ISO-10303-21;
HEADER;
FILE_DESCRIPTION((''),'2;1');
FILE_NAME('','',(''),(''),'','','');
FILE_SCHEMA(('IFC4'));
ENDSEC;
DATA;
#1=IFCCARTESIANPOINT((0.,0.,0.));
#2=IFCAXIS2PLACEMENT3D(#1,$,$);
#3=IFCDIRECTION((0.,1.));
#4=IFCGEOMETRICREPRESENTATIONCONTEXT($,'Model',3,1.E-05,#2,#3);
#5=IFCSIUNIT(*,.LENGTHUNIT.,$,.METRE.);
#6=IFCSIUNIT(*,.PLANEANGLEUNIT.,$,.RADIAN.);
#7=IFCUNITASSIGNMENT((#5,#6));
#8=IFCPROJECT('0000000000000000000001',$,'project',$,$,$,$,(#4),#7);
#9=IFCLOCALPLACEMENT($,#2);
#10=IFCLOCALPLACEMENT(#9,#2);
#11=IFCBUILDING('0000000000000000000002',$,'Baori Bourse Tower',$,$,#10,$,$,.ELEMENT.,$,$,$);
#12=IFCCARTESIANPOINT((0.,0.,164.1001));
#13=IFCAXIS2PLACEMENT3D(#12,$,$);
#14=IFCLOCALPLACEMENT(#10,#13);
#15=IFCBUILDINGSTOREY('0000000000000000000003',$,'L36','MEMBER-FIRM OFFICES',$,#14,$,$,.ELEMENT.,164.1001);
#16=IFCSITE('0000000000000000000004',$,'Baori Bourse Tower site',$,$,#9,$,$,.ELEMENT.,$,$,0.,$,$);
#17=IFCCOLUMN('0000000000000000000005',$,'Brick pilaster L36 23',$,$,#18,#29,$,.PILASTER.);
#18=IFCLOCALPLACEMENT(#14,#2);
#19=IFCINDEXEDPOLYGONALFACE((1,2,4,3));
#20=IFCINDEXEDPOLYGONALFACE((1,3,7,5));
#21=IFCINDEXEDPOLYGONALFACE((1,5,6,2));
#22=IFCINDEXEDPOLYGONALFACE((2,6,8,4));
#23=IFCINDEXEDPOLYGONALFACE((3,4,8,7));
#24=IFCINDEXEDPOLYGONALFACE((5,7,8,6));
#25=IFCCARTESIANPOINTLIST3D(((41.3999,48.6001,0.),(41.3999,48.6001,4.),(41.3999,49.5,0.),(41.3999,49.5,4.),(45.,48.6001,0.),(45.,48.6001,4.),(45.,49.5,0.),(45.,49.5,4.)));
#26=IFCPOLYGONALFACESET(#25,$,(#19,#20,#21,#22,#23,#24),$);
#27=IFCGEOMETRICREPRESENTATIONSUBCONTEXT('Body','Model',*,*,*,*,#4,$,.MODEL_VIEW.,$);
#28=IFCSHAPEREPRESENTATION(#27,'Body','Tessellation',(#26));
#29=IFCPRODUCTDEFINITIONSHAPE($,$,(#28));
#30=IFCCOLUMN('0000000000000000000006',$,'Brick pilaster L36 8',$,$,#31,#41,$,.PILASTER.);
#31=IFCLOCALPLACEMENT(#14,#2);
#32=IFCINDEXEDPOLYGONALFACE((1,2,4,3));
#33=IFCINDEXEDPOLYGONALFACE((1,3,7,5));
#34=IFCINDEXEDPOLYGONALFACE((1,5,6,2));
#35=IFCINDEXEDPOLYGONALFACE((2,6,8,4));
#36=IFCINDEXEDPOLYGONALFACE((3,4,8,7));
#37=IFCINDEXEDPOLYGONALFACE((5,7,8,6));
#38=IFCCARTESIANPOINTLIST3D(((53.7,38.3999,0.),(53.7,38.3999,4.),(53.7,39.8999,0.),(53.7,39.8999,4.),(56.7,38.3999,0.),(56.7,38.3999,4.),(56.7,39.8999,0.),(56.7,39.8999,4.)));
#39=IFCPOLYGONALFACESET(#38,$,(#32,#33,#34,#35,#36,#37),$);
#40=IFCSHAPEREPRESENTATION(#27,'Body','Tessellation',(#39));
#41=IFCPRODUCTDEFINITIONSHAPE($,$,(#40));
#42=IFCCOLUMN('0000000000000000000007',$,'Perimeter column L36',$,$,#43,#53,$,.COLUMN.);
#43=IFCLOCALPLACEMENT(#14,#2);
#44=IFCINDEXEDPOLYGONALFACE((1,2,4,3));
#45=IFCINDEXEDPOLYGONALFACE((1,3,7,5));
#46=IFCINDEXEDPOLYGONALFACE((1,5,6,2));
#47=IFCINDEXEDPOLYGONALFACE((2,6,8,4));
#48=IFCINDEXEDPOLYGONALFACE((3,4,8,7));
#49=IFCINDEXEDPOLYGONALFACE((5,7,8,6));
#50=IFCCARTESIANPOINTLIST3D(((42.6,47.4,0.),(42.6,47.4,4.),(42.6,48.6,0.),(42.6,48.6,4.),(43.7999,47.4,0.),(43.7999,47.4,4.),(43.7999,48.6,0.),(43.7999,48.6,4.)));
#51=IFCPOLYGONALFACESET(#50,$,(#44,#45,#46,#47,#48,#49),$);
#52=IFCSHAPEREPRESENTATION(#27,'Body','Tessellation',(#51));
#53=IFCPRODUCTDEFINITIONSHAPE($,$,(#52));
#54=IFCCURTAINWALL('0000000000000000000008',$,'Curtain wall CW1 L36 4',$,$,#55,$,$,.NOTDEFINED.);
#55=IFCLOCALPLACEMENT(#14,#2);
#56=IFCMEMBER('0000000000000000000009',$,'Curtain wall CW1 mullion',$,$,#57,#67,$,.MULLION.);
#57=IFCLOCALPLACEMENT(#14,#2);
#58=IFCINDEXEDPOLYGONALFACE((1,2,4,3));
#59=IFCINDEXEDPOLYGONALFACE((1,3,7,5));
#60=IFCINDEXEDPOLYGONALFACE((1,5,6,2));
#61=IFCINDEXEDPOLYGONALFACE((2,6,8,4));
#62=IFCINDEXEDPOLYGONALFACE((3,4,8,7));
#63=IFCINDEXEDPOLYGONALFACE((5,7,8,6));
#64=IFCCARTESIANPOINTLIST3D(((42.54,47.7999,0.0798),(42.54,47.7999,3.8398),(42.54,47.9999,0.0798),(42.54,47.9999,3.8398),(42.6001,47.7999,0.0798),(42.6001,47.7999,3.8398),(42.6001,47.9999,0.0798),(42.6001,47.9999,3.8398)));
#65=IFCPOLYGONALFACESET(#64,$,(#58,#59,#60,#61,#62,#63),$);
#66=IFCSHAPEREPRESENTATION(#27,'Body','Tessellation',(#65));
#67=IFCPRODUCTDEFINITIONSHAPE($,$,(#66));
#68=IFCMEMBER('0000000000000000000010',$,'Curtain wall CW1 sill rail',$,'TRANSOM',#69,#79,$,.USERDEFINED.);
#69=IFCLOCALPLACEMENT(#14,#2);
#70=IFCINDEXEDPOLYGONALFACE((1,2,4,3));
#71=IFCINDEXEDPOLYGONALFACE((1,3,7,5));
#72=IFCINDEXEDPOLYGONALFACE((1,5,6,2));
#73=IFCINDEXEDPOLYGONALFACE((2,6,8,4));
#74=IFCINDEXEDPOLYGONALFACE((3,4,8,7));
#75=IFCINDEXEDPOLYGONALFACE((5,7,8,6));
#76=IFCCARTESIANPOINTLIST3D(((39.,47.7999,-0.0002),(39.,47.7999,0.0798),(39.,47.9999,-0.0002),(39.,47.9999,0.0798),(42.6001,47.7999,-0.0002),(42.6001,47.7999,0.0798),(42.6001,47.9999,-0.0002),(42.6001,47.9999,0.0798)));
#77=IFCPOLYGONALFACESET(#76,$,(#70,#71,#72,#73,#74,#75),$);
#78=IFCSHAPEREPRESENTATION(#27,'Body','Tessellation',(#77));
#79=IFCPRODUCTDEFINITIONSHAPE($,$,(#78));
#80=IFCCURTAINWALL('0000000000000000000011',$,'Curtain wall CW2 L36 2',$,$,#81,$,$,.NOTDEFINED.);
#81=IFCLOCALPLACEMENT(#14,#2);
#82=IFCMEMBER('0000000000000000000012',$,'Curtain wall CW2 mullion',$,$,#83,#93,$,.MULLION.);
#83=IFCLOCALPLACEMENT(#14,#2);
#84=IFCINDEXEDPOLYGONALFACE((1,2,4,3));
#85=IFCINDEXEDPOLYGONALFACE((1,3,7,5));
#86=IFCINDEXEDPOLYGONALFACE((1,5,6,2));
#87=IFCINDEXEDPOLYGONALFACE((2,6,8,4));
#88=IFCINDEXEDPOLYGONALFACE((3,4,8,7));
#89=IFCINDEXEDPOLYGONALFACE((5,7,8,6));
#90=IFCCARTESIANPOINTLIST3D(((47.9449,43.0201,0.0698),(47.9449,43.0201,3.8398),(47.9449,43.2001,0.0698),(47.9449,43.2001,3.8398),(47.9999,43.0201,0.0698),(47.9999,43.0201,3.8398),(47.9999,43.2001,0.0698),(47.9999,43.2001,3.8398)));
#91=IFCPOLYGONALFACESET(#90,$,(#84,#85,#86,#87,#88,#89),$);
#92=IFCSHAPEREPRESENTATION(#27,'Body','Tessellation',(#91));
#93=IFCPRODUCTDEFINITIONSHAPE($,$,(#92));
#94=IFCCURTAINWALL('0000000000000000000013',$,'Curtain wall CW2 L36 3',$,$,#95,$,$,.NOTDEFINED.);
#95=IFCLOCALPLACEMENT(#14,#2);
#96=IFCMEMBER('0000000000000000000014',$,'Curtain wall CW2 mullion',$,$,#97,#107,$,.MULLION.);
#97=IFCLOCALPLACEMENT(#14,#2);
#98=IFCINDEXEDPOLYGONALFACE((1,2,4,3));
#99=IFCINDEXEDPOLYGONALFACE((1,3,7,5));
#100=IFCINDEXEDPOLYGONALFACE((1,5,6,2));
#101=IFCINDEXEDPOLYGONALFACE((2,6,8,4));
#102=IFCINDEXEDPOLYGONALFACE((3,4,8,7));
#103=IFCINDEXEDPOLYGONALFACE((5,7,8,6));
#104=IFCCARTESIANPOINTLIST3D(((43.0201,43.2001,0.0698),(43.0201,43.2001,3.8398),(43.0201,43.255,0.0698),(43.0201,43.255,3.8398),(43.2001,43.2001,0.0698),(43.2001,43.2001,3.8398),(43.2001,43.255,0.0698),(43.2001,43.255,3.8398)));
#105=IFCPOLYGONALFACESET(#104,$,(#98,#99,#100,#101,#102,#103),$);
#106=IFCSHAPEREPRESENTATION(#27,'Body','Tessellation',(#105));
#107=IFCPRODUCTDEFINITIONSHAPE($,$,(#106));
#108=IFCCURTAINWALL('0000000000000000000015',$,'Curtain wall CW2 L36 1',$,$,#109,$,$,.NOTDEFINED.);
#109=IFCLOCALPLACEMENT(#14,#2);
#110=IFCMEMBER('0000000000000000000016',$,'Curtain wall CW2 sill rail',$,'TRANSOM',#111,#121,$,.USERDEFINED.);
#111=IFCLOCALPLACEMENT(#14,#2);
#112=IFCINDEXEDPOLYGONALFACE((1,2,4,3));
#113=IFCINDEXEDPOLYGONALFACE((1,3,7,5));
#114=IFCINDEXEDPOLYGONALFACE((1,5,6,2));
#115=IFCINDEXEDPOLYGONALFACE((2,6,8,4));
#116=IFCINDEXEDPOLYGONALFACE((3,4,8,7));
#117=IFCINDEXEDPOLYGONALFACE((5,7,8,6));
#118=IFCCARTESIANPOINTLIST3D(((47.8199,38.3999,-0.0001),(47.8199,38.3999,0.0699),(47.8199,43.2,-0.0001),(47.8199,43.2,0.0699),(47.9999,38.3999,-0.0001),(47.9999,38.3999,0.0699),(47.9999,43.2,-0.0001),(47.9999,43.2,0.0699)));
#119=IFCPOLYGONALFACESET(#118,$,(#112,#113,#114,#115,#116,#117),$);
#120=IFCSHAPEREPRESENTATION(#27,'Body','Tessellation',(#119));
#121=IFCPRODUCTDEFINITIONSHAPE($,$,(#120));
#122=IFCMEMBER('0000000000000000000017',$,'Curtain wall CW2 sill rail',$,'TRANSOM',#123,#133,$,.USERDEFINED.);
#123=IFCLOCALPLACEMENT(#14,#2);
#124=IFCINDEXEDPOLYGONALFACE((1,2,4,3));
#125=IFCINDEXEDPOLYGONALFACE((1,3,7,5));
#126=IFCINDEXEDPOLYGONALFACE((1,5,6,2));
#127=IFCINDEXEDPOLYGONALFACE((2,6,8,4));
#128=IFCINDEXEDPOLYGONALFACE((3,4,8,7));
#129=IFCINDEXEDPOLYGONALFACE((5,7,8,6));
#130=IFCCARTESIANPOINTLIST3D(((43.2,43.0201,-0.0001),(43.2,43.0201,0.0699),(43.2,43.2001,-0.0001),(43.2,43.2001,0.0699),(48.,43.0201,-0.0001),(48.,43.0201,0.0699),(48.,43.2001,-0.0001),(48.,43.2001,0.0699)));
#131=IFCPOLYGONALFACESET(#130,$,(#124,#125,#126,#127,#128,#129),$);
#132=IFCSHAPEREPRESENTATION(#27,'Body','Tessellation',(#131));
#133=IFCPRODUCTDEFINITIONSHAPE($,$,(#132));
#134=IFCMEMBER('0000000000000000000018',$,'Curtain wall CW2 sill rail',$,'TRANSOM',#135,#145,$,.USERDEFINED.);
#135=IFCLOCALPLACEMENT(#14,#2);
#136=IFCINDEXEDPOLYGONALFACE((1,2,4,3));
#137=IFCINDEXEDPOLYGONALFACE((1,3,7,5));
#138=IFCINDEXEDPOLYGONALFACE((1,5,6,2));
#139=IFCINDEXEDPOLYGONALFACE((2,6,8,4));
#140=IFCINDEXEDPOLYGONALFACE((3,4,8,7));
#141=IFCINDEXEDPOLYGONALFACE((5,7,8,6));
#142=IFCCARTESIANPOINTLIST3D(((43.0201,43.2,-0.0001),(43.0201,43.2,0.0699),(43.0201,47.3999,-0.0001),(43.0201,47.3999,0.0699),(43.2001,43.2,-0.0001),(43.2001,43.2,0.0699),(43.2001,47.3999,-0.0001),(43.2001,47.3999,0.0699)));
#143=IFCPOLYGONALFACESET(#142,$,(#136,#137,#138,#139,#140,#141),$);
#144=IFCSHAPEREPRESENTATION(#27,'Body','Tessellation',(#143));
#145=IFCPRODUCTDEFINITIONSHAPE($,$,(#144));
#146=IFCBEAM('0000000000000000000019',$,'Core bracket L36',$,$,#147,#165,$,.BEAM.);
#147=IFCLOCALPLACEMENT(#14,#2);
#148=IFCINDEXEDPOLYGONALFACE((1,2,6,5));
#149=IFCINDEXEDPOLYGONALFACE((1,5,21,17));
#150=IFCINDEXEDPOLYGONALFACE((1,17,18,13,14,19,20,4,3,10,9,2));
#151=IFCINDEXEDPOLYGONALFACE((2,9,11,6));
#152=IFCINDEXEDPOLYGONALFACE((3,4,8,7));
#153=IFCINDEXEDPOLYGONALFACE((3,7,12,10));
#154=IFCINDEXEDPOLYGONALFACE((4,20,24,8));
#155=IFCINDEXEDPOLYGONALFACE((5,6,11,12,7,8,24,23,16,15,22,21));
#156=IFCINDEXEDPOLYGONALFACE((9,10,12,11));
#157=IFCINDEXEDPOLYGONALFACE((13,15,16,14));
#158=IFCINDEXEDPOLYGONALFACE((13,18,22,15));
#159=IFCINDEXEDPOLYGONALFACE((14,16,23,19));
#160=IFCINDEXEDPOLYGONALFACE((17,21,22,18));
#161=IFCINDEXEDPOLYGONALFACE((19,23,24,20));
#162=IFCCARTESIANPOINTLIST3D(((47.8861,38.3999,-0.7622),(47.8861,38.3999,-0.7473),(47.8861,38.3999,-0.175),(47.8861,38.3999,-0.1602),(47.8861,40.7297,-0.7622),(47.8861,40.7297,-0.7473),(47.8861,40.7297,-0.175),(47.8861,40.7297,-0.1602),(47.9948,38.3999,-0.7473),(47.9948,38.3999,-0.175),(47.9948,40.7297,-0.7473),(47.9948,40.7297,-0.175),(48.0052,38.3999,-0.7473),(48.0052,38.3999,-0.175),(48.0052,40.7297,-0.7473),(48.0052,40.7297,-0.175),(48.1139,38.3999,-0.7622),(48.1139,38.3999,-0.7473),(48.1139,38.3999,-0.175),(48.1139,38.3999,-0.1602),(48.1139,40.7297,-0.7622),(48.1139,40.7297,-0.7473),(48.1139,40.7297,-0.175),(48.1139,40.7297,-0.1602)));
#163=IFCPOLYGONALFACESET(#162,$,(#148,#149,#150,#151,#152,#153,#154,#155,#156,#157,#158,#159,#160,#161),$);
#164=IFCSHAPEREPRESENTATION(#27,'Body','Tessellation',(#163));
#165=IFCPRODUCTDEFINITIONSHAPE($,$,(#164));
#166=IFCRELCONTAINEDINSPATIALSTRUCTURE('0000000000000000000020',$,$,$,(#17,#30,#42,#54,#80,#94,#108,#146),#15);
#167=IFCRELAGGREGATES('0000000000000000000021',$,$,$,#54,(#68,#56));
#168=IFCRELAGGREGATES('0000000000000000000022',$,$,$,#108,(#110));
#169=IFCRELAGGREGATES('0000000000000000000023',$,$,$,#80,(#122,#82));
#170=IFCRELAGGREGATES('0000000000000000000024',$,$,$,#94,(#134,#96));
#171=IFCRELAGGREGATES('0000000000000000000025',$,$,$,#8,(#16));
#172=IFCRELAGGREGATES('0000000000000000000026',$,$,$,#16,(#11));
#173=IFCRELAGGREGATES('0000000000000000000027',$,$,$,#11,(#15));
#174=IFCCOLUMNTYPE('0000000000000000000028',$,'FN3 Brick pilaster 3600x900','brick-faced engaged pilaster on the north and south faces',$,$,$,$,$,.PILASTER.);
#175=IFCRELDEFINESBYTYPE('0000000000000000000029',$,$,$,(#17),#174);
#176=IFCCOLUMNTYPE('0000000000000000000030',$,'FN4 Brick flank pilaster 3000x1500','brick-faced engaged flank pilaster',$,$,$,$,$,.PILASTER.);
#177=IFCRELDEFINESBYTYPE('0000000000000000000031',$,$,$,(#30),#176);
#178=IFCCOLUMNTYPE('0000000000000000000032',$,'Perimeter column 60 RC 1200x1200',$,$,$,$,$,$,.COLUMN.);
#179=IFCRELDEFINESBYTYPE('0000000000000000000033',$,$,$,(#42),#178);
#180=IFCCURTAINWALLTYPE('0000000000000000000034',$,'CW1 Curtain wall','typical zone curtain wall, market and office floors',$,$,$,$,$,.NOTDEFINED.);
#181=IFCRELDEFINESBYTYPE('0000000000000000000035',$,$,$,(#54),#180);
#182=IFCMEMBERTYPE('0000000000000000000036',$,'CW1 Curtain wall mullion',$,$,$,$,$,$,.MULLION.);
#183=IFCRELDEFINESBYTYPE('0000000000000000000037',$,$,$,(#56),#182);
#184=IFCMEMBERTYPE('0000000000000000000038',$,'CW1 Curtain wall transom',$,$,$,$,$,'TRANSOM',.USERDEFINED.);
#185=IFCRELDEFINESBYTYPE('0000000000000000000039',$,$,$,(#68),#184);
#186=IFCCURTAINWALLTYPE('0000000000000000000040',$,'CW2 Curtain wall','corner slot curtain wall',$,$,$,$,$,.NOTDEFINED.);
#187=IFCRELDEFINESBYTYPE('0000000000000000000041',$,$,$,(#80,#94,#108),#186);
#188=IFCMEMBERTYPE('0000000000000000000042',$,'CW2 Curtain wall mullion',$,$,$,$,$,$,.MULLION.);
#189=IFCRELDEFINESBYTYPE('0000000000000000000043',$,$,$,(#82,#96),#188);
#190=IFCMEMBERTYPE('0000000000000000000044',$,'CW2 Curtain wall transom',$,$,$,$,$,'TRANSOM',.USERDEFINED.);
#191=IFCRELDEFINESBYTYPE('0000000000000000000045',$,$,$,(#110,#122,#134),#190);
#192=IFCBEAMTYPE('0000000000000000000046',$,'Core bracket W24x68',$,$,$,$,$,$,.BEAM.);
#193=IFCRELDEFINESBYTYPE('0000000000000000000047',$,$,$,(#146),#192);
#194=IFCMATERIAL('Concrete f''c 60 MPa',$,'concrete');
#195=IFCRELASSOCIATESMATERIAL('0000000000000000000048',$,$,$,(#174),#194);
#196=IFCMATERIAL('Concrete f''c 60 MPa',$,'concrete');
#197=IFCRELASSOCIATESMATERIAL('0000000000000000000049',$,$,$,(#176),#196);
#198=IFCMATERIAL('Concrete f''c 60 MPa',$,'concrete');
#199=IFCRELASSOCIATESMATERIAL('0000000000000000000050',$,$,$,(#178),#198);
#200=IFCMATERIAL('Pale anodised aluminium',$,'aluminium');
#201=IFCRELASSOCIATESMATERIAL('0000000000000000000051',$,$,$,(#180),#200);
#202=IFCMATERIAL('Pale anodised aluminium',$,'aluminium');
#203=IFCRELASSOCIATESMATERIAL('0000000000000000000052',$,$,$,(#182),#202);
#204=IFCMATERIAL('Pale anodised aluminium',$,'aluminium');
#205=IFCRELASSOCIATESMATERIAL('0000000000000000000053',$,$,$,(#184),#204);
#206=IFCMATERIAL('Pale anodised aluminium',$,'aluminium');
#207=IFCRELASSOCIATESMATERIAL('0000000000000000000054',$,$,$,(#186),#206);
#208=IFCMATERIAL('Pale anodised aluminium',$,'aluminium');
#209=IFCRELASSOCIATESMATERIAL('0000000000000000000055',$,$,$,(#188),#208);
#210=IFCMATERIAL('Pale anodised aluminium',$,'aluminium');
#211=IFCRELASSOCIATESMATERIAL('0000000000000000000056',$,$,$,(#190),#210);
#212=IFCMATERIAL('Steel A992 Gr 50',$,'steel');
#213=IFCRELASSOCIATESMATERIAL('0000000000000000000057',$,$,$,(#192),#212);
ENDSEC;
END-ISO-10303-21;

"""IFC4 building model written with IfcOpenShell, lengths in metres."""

from ifc_helpers import new_model, si_unit, direction, frame, origin, origin_2d, place, context, subcontext, project, spatial, rectangle, i_section, extrude, material, material_profile, profile_set, type_object, element, aggregate, save


model = new_model("IFC4")

# Units and contexts
model_context = context("Model", 3, precision=1e-05, world=origin(), true_north=direction((0.0, 1.0)))
body_context = subcontext(model_context, "Body", "Model", "MODEL_VIEW")
ifc_project = project(units=[si_unit("LENGTHUNIT", "METRE"), si_unit("PLANEANGLEUNIT", "RADIAN")], contexts=[model_context])

# Site, building, storey
site_placement = place(None, origin())
site = spatial("IfcSite", under=ifc_project, at=site_placement, Name="Baori Bourse Tower site", CompositionType="ELEMENT", RefElevation=0.0)
building_placement = place(site_placement, origin())
building = spatial("IfcBuilding", under=site, at=building_placement, Name="Baori Bourse Tower", CompositionType="ELEMENT")
storey_placement = place(building_placement, frame((0.0, 0.0, 164.1001)))
storey = spatial("IfcBuildingStorey", under=building, at=storey_placement, Name="L36", Description="MEMBER-FIRM OFFICES", CompositionType="ELEMENT", Elevation=164.1001)

# Columns
ifc_material_1 = material(Name="Concrete f'c 60 MPa", Category="concrete")
ifc_material_profile_1 = material_profile(ifc_material_1, rectangle(XDim=3.6001, YDim=0.8999, at=origin_2d()), Name="RC 3600x900")
ifc_profile_set_1 = profile_set([ifc_material_profile_1], Name="Concrete f'c 60 MPa")
column_type_1 = type_object("IfcColumnType", Name="FN3 Brick pilaster 3600x900", Description="brick-faced engaged pilaster on the north and south faces", PredefinedType="PILASTER", material=ifc_profile_set_1)
column_1_placement = place(storey_placement, frame((43.2, 49.05, 0.0), z_axis=(0.0, 0.0, 1.0), x_axis=(1.0, 0.0, 0.0)))
element("IfcColumn", 1, at=column_1_placement, inside=storey, type_object=column_type_1, Name="Brick pilaster L36 23", PredefinedType="PILASTER", context=body_context, shape_type="SweptSolid", body=[
    extrude(rectangle(XDim=3.6001, YDim=0.8999, at=origin_2d()), origin(), (0.0, 0.0, 1.0), 4.0),
])
ifc_material_2 = material(Name="Concrete f'c 60 MPa", Category="concrete")
ifc_material_profile_2 = material_profile(ifc_material_2, rectangle(XDim=3.0, YDim=1.5, at=origin_2d()), Name="RC 3000x1500")
ifc_profile_set_2 = profile_set([ifc_material_profile_2], Name="Concrete f'c 60 MPa")
column_type_2 = type_object("IfcColumnType", Name="FN4 Brick flank pilaster 3000x1500", Description="brick-faced engaged flank pilaster", PredefinedType="PILASTER", material=ifc_profile_set_2)
column_2_placement = place(storey_placement, frame((55.2, 39.1499, 0.0), z_axis=(0.0, 0.0, 1.0), x_axis=(1.0, 0.0, 0.0)))
element("IfcColumn", 2, at=column_2_placement, inside=storey, type_object=column_type_2, Name="Brick pilaster L36 8", PredefinedType="PILASTER", context=body_context, shape_type="SweptSolid", body=[
    extrude(rectangle(XDim=3.0, YDim=1.5, at=origin_2d()), origin(), (0.0, 0.0, 1.0), 4.0),
])
ifc_material_3 = material(Name="Concrete f'c 60 MPa", Category="concrete")
ifc_material_profile_3 = material_profile(ifc_material_3, rectangle(XDim=1.2, YDim=1.2, at=origin_2d()), Name="RC 1200x1200")
ifc_profile_set_3 = profile_set([ifc_material_profile_3], Name="Concrete f'c 60 MPa")
column_type_3 = type_object("IfcColumnType", Name="Perimeter column 60 RC 1200x1200", PredefinedType="COLUMN", material=ifc_profile_set_3)
column_3_placement = place(storey_placement, frame((43.2, 48.0, 0.0), z_axis=(0.0, 0.0, 1.0), x_axis=(1.0, 0.0, 0.0)))
element("IfcColumn", 3, at=column_3_placement, inside=storey, type_object=column_type_3, Name="Perimeter column L36", PredefinedType="COLUMN", context=body_context, shape_type="SweptSolid", body=[
    extrude(rectangle(XDim=1.2, YDim=1.2, at=origin_2d()), origin(), (0.0, 0.0, 1.0), 4.0),
])

# Curtain wall, members
ifc_material_4 = material(Name="Pale anodised aluminium", Category="aluminium")
curtain_wall_type_1 = type_object("IfcCurtainWallType", Name="CW1 Curtain wall", Description="typical zone curtain wall, market and office floors", PredefinedType="NOTDEFINED", material=ifc_material_4)
curtain_wall_1_placement = place(storey_placement, origin())
curtain_wall_1 = element("IfcCurtainWall", 4, at=curtain_wall_1_placement, inside=storey, type_object=curtain_wall_type_1, Name="Curtain wall CW1 L36 4", PredefinedType="NOTDEFINED")
ifc_material_5 = material(Name="Pale anodised aluminium", Category="aluminium")
ifc_material_profile_4 = material_profile(ifc_material_5, rectangle(XDim=0.2, YDim=0.0601, at=origin_2d()), Name="Mullion 60x200")
ifc_profile_set_4 = profile_set([ifc_material_profile_4], Name="Pale anodised aluminium")
member_type_1 = type_object("IfcMemberType", Name="CW1 Curtain wall mullion", PredefinedType="MULLION", material=ifc_profile_set_4)
member_1_placement = place(storey_placement, frame((42.5701, 47.8999, 0.0798), z_axis=(0.0, 0.0, 1.0), x_axis=(0.0, -1.0, 0.0)))
member_1 = element("IfcMember", 5, at=member_1_placement, type_object=member_type_1, Name="Curtain wall CW1 mullion", PredefinedType="MULLION", context=body_context, shape_type="SweptSolid", body=[
    extrude(rectangle(XDim=0.2, YDim=0.0601, at=origin_2d()), origin(), (0.0, 0.0, 1.0), 3.76),
])
ifc_material_6 = material(Name="Pale anodised aluminium", Category="aluminium")
ifc_material_profile_5 = material_profile(ifc_material_6, rectangle(XDim=0.2, YDim=0.0801, at=origin_2d()), Name="Transom 80x200")
ifc_profile_set_5 = profile_set([ifc_material_profile_5], Name="Pale anodised aluminium")
member_type_2 = type_object("IfcMemberType", Name="CW1 Curtain wall transom", ElementType="TRANSOM", PredefinedType="USERDEFINED", material=ifc_profile_set_5)
member_2_placement = place(storey_placement, frame((42.6001, 47.8999, 0.0398), z_axis=(-1.0, 0.0, 0.0), x_axis=(0.0, -1.0, 0.0)))
member_2 = element("IfcMember", 6, at=member_2_placement, type_object=member_type_2, Name="Curtain wall CW1 sill rail", ObjectType="TRANSOM", PredefinedType="USERDEFINED", context=body_context, shape_type="SweptSolid", body=[
    extrude(rectangle(XDim=0.2, YDim=0.0801, at=origin_2d()), origin(), (0.0, 0.0, 1.0), 3.6001),
])

# Curtain walls, members
ifc_material_7 = material(Name="Pale anodised aluminium", Category="aluminium")
curtain_wall_type_2 = type_object("IfcCurtainWallType", Name="CW2 Curtain wall", Description="corner slot curtain wall", PredefinedType="NOTDEFINED", material=ifc_material_7)
curtain_wall_2_placement = place(storey_placement, origin())
curtain_wall_2 = element("IfcCurtainWall", 7, at=curtain_wall_2_placement, inside=storey, type_object=curtain_wall_type_2, Name="Curtain wall CW2 L36 2", PredefinedType="NOTDEFINED")
ifc_material_8 = material(Name="Pale anodised aluminium", Category="aluminium")
ifc_material_profile_6 = material_profile(ifc_material_8, rectangle(XDim=0.1799, YDim=0.0549, at=origin_2d()), Name="Mullion 55x180")
ifc_profile_set_6 = profile_set([ifc_material_profile_6], Name="Pale anodised aluminium")
member_type_3 = type_object("IfcMemberType", Name="CW2 Curtain wall mullion", PredefinedType="MULLION", material=ifc_profile_set_6)
member_3_placement = place(storey_placement, frame((47.9724, 43.1101, 0.0698), z_axis=(0.0, 0.0, 1.0), x_axis=(0.0, -1.0, 0.0)))
member_3 = element("IfcMember", 8, at=member_3_placement, type_object=member_type_3, Name="Curtain wall CW2 mullion", PredefinedType="MULLION", context=body_context, shape_type="SweptSolid", body=[
    extrude(rectangle(XDim=0.1799, YDim=0.0549, at=origin_2d()), origin(), (0.0, 0.0, 1.0), 3.77),
])
curtain_wall_3_placement = place(storey_placement, origin())
curtain_wall_3 = element("IfcCurtainWall", 9, at=curtain_wall_3_placement, inside=storey, type_object=curtain_wall_type_2, Name="Curtain wall CW2 L36 3", PredefinedType="NOTDEFINED")
member_4_placement = place(storey_placement, frame((43.1101, 43.2275, 0.0698), z_axis=(0.0, 0.0, 1.0), x_axis=(-1.0, 0.0, 0.0)))
member_4 = element("IfcMember", 10, at=member_4_placement, type_object=member_type_3, Name="Curtain wall CW2 mullion", PredefinedType="MULLION", context=body_context, shape_type="SweptSolid", body=[
    extrude(rectangle(XDim=0.1799, YDim=0.0549, at=origin_2d()), origin(), (0.0, 0.0, 1.0), 3.77),
])
curtain_wall_4_placement = place(storey_placement, origin())
curtain_wall_4 = element("IfcCurtainWall", 11, at=curtain_wall_4_placement, inside=storey, type_object=curtain_wall_type_2, Name="Curtain wall CW2 L36 1", PredefinedType="NOTDEFINED")
ifc_material_9 = material(Name="Pale anodised aluminium", Category="aluminium")
ifc_material_profile_7 = material_profile(ifc_material_9, rectangle(XDim=0.1799, YDim=0.0701, at=origin_2d()), Name="Transom 70x180")
ifc_profile_set_7 = profile_set([ifc_material_profile_7], Name="Pale anodised aluminium")
member_type_4 = type_object("IfcMemberType", Name="CW2 Curtain wall transom", ElementType="TRANSOM", PredefinedType="USERDEFINED", material=ifc_profile_set_7)
member_5_placement = place(storey_placement, frame((47.9099, 38.3999, 0.0349), z_axis=(0.0, 1.0, 0.0), x_axis=(-1.0, 0.0, 0.0)))
member_5 = element("IfcMember", 12, at=member_5_placement, type_object=member_type_4, Name="Curtain wall CW2 sill rail", ObjectType="TRANSOM", PredefinedType="USERDEFINED", context=body_context, shape_type="SweptSolid", body=[
    extrude(rectangle(XDim=0.1799, YDim=0.0701, at=origin_2d()), origin(), (0.0, 0.0, 1.0), 4.8),
])

# Members
member_6_placement = place(storey_placement, frame((48.0, 43.1101, 0.0349), z_axis=(-1.0, 0.0, 0.0), x_axis=(0.0, -1.0, 0.0)))
member_6 = element("IfcMember", 13, at=member_6_placement, type_object=member_type_4, Name="Curtain wall CW2 sill rail", ObjectType="TRANSOM", PredefinedType="USERDEFINED", context=body_context, shape_type="SweptSolid", body=[
    extrude(rectangle(XDim=0.1799, YDim=0.0701, at=origin_2d()), origin(), (0.0, 0.0, 1.0), 4.8),
])
member_7_placement = place(storey_placement, frame((43.1101, 43.2, 0.0349), z_axis=(0.0, 1.0, 0.0), x_axis=(-1.0, 0.0, 0.0)))
member_7 = element("IfcMember", 14, at=member_7_placement, type_object=member_type_4, Name="Curtain wall CW2 sill rail", ObjectType="TRANSOM", PredefinedType="USERDEFINED", context=body_context, shape_type="SweptSolid", body=[
    extrude(rectangle(XDim=0.1799, YDim=0.0701, at=origin_2d()), origin(), (0.0, 0.0, 1.0), 4.2),
])

# Beam
ifc_material_10 = material(Name="Steel A992 Gr 50", Category="steel")
ifc_material_profile_8 = material_profile(ifc_material_10, i_section(OverallWidth=0.2278, OverallDepth=0.6021, WebThickness=0.0105, FlangeThickness=0.0149, at=origin_2d()), Name="W24x68")
ifc_profile_set_8 = profile_set([ifc_material_profile_8], Name="Steel A992 Gr 50")
beam_type_1 = type_object("IfcBeamType", Name="Core bracket W24x68", PredefinedType="BEAM", material=ifc_profile_set_8)
beam_1_placement = place(storey_placement, frame((48.0, 38.3999, -0.4612), z_axis=(0.0, 1.0, 0.0), x_axis=(-1.0, 0.0, 0.0)))
element("IfcBeam", 15, at=beam_1_placement, inside=storey, type_object=beam_type_1, Name="Core bracket L36", PredefinedType="BEAM", context=body_context, shape_type="SweptSolid", body=[
    extrude(i_section(OverallWidth=0.2278, OverallDepth=0.6021, WebThickness=0.0105, FlangeThickness=0.0149, at=origin_2d()), origin(), (0.0, 0.0, 1.0), 2.3298),
])

aggregate(curtain_wall_1, [member_2, member_1])
aggregate(curtain_wall_4, [member_5])
aggregate(curtain_wall_2, [member_6, member_3])
aggregate(curtain_wall_3, [member_7, member_4])

save(model, "model.ifc")
